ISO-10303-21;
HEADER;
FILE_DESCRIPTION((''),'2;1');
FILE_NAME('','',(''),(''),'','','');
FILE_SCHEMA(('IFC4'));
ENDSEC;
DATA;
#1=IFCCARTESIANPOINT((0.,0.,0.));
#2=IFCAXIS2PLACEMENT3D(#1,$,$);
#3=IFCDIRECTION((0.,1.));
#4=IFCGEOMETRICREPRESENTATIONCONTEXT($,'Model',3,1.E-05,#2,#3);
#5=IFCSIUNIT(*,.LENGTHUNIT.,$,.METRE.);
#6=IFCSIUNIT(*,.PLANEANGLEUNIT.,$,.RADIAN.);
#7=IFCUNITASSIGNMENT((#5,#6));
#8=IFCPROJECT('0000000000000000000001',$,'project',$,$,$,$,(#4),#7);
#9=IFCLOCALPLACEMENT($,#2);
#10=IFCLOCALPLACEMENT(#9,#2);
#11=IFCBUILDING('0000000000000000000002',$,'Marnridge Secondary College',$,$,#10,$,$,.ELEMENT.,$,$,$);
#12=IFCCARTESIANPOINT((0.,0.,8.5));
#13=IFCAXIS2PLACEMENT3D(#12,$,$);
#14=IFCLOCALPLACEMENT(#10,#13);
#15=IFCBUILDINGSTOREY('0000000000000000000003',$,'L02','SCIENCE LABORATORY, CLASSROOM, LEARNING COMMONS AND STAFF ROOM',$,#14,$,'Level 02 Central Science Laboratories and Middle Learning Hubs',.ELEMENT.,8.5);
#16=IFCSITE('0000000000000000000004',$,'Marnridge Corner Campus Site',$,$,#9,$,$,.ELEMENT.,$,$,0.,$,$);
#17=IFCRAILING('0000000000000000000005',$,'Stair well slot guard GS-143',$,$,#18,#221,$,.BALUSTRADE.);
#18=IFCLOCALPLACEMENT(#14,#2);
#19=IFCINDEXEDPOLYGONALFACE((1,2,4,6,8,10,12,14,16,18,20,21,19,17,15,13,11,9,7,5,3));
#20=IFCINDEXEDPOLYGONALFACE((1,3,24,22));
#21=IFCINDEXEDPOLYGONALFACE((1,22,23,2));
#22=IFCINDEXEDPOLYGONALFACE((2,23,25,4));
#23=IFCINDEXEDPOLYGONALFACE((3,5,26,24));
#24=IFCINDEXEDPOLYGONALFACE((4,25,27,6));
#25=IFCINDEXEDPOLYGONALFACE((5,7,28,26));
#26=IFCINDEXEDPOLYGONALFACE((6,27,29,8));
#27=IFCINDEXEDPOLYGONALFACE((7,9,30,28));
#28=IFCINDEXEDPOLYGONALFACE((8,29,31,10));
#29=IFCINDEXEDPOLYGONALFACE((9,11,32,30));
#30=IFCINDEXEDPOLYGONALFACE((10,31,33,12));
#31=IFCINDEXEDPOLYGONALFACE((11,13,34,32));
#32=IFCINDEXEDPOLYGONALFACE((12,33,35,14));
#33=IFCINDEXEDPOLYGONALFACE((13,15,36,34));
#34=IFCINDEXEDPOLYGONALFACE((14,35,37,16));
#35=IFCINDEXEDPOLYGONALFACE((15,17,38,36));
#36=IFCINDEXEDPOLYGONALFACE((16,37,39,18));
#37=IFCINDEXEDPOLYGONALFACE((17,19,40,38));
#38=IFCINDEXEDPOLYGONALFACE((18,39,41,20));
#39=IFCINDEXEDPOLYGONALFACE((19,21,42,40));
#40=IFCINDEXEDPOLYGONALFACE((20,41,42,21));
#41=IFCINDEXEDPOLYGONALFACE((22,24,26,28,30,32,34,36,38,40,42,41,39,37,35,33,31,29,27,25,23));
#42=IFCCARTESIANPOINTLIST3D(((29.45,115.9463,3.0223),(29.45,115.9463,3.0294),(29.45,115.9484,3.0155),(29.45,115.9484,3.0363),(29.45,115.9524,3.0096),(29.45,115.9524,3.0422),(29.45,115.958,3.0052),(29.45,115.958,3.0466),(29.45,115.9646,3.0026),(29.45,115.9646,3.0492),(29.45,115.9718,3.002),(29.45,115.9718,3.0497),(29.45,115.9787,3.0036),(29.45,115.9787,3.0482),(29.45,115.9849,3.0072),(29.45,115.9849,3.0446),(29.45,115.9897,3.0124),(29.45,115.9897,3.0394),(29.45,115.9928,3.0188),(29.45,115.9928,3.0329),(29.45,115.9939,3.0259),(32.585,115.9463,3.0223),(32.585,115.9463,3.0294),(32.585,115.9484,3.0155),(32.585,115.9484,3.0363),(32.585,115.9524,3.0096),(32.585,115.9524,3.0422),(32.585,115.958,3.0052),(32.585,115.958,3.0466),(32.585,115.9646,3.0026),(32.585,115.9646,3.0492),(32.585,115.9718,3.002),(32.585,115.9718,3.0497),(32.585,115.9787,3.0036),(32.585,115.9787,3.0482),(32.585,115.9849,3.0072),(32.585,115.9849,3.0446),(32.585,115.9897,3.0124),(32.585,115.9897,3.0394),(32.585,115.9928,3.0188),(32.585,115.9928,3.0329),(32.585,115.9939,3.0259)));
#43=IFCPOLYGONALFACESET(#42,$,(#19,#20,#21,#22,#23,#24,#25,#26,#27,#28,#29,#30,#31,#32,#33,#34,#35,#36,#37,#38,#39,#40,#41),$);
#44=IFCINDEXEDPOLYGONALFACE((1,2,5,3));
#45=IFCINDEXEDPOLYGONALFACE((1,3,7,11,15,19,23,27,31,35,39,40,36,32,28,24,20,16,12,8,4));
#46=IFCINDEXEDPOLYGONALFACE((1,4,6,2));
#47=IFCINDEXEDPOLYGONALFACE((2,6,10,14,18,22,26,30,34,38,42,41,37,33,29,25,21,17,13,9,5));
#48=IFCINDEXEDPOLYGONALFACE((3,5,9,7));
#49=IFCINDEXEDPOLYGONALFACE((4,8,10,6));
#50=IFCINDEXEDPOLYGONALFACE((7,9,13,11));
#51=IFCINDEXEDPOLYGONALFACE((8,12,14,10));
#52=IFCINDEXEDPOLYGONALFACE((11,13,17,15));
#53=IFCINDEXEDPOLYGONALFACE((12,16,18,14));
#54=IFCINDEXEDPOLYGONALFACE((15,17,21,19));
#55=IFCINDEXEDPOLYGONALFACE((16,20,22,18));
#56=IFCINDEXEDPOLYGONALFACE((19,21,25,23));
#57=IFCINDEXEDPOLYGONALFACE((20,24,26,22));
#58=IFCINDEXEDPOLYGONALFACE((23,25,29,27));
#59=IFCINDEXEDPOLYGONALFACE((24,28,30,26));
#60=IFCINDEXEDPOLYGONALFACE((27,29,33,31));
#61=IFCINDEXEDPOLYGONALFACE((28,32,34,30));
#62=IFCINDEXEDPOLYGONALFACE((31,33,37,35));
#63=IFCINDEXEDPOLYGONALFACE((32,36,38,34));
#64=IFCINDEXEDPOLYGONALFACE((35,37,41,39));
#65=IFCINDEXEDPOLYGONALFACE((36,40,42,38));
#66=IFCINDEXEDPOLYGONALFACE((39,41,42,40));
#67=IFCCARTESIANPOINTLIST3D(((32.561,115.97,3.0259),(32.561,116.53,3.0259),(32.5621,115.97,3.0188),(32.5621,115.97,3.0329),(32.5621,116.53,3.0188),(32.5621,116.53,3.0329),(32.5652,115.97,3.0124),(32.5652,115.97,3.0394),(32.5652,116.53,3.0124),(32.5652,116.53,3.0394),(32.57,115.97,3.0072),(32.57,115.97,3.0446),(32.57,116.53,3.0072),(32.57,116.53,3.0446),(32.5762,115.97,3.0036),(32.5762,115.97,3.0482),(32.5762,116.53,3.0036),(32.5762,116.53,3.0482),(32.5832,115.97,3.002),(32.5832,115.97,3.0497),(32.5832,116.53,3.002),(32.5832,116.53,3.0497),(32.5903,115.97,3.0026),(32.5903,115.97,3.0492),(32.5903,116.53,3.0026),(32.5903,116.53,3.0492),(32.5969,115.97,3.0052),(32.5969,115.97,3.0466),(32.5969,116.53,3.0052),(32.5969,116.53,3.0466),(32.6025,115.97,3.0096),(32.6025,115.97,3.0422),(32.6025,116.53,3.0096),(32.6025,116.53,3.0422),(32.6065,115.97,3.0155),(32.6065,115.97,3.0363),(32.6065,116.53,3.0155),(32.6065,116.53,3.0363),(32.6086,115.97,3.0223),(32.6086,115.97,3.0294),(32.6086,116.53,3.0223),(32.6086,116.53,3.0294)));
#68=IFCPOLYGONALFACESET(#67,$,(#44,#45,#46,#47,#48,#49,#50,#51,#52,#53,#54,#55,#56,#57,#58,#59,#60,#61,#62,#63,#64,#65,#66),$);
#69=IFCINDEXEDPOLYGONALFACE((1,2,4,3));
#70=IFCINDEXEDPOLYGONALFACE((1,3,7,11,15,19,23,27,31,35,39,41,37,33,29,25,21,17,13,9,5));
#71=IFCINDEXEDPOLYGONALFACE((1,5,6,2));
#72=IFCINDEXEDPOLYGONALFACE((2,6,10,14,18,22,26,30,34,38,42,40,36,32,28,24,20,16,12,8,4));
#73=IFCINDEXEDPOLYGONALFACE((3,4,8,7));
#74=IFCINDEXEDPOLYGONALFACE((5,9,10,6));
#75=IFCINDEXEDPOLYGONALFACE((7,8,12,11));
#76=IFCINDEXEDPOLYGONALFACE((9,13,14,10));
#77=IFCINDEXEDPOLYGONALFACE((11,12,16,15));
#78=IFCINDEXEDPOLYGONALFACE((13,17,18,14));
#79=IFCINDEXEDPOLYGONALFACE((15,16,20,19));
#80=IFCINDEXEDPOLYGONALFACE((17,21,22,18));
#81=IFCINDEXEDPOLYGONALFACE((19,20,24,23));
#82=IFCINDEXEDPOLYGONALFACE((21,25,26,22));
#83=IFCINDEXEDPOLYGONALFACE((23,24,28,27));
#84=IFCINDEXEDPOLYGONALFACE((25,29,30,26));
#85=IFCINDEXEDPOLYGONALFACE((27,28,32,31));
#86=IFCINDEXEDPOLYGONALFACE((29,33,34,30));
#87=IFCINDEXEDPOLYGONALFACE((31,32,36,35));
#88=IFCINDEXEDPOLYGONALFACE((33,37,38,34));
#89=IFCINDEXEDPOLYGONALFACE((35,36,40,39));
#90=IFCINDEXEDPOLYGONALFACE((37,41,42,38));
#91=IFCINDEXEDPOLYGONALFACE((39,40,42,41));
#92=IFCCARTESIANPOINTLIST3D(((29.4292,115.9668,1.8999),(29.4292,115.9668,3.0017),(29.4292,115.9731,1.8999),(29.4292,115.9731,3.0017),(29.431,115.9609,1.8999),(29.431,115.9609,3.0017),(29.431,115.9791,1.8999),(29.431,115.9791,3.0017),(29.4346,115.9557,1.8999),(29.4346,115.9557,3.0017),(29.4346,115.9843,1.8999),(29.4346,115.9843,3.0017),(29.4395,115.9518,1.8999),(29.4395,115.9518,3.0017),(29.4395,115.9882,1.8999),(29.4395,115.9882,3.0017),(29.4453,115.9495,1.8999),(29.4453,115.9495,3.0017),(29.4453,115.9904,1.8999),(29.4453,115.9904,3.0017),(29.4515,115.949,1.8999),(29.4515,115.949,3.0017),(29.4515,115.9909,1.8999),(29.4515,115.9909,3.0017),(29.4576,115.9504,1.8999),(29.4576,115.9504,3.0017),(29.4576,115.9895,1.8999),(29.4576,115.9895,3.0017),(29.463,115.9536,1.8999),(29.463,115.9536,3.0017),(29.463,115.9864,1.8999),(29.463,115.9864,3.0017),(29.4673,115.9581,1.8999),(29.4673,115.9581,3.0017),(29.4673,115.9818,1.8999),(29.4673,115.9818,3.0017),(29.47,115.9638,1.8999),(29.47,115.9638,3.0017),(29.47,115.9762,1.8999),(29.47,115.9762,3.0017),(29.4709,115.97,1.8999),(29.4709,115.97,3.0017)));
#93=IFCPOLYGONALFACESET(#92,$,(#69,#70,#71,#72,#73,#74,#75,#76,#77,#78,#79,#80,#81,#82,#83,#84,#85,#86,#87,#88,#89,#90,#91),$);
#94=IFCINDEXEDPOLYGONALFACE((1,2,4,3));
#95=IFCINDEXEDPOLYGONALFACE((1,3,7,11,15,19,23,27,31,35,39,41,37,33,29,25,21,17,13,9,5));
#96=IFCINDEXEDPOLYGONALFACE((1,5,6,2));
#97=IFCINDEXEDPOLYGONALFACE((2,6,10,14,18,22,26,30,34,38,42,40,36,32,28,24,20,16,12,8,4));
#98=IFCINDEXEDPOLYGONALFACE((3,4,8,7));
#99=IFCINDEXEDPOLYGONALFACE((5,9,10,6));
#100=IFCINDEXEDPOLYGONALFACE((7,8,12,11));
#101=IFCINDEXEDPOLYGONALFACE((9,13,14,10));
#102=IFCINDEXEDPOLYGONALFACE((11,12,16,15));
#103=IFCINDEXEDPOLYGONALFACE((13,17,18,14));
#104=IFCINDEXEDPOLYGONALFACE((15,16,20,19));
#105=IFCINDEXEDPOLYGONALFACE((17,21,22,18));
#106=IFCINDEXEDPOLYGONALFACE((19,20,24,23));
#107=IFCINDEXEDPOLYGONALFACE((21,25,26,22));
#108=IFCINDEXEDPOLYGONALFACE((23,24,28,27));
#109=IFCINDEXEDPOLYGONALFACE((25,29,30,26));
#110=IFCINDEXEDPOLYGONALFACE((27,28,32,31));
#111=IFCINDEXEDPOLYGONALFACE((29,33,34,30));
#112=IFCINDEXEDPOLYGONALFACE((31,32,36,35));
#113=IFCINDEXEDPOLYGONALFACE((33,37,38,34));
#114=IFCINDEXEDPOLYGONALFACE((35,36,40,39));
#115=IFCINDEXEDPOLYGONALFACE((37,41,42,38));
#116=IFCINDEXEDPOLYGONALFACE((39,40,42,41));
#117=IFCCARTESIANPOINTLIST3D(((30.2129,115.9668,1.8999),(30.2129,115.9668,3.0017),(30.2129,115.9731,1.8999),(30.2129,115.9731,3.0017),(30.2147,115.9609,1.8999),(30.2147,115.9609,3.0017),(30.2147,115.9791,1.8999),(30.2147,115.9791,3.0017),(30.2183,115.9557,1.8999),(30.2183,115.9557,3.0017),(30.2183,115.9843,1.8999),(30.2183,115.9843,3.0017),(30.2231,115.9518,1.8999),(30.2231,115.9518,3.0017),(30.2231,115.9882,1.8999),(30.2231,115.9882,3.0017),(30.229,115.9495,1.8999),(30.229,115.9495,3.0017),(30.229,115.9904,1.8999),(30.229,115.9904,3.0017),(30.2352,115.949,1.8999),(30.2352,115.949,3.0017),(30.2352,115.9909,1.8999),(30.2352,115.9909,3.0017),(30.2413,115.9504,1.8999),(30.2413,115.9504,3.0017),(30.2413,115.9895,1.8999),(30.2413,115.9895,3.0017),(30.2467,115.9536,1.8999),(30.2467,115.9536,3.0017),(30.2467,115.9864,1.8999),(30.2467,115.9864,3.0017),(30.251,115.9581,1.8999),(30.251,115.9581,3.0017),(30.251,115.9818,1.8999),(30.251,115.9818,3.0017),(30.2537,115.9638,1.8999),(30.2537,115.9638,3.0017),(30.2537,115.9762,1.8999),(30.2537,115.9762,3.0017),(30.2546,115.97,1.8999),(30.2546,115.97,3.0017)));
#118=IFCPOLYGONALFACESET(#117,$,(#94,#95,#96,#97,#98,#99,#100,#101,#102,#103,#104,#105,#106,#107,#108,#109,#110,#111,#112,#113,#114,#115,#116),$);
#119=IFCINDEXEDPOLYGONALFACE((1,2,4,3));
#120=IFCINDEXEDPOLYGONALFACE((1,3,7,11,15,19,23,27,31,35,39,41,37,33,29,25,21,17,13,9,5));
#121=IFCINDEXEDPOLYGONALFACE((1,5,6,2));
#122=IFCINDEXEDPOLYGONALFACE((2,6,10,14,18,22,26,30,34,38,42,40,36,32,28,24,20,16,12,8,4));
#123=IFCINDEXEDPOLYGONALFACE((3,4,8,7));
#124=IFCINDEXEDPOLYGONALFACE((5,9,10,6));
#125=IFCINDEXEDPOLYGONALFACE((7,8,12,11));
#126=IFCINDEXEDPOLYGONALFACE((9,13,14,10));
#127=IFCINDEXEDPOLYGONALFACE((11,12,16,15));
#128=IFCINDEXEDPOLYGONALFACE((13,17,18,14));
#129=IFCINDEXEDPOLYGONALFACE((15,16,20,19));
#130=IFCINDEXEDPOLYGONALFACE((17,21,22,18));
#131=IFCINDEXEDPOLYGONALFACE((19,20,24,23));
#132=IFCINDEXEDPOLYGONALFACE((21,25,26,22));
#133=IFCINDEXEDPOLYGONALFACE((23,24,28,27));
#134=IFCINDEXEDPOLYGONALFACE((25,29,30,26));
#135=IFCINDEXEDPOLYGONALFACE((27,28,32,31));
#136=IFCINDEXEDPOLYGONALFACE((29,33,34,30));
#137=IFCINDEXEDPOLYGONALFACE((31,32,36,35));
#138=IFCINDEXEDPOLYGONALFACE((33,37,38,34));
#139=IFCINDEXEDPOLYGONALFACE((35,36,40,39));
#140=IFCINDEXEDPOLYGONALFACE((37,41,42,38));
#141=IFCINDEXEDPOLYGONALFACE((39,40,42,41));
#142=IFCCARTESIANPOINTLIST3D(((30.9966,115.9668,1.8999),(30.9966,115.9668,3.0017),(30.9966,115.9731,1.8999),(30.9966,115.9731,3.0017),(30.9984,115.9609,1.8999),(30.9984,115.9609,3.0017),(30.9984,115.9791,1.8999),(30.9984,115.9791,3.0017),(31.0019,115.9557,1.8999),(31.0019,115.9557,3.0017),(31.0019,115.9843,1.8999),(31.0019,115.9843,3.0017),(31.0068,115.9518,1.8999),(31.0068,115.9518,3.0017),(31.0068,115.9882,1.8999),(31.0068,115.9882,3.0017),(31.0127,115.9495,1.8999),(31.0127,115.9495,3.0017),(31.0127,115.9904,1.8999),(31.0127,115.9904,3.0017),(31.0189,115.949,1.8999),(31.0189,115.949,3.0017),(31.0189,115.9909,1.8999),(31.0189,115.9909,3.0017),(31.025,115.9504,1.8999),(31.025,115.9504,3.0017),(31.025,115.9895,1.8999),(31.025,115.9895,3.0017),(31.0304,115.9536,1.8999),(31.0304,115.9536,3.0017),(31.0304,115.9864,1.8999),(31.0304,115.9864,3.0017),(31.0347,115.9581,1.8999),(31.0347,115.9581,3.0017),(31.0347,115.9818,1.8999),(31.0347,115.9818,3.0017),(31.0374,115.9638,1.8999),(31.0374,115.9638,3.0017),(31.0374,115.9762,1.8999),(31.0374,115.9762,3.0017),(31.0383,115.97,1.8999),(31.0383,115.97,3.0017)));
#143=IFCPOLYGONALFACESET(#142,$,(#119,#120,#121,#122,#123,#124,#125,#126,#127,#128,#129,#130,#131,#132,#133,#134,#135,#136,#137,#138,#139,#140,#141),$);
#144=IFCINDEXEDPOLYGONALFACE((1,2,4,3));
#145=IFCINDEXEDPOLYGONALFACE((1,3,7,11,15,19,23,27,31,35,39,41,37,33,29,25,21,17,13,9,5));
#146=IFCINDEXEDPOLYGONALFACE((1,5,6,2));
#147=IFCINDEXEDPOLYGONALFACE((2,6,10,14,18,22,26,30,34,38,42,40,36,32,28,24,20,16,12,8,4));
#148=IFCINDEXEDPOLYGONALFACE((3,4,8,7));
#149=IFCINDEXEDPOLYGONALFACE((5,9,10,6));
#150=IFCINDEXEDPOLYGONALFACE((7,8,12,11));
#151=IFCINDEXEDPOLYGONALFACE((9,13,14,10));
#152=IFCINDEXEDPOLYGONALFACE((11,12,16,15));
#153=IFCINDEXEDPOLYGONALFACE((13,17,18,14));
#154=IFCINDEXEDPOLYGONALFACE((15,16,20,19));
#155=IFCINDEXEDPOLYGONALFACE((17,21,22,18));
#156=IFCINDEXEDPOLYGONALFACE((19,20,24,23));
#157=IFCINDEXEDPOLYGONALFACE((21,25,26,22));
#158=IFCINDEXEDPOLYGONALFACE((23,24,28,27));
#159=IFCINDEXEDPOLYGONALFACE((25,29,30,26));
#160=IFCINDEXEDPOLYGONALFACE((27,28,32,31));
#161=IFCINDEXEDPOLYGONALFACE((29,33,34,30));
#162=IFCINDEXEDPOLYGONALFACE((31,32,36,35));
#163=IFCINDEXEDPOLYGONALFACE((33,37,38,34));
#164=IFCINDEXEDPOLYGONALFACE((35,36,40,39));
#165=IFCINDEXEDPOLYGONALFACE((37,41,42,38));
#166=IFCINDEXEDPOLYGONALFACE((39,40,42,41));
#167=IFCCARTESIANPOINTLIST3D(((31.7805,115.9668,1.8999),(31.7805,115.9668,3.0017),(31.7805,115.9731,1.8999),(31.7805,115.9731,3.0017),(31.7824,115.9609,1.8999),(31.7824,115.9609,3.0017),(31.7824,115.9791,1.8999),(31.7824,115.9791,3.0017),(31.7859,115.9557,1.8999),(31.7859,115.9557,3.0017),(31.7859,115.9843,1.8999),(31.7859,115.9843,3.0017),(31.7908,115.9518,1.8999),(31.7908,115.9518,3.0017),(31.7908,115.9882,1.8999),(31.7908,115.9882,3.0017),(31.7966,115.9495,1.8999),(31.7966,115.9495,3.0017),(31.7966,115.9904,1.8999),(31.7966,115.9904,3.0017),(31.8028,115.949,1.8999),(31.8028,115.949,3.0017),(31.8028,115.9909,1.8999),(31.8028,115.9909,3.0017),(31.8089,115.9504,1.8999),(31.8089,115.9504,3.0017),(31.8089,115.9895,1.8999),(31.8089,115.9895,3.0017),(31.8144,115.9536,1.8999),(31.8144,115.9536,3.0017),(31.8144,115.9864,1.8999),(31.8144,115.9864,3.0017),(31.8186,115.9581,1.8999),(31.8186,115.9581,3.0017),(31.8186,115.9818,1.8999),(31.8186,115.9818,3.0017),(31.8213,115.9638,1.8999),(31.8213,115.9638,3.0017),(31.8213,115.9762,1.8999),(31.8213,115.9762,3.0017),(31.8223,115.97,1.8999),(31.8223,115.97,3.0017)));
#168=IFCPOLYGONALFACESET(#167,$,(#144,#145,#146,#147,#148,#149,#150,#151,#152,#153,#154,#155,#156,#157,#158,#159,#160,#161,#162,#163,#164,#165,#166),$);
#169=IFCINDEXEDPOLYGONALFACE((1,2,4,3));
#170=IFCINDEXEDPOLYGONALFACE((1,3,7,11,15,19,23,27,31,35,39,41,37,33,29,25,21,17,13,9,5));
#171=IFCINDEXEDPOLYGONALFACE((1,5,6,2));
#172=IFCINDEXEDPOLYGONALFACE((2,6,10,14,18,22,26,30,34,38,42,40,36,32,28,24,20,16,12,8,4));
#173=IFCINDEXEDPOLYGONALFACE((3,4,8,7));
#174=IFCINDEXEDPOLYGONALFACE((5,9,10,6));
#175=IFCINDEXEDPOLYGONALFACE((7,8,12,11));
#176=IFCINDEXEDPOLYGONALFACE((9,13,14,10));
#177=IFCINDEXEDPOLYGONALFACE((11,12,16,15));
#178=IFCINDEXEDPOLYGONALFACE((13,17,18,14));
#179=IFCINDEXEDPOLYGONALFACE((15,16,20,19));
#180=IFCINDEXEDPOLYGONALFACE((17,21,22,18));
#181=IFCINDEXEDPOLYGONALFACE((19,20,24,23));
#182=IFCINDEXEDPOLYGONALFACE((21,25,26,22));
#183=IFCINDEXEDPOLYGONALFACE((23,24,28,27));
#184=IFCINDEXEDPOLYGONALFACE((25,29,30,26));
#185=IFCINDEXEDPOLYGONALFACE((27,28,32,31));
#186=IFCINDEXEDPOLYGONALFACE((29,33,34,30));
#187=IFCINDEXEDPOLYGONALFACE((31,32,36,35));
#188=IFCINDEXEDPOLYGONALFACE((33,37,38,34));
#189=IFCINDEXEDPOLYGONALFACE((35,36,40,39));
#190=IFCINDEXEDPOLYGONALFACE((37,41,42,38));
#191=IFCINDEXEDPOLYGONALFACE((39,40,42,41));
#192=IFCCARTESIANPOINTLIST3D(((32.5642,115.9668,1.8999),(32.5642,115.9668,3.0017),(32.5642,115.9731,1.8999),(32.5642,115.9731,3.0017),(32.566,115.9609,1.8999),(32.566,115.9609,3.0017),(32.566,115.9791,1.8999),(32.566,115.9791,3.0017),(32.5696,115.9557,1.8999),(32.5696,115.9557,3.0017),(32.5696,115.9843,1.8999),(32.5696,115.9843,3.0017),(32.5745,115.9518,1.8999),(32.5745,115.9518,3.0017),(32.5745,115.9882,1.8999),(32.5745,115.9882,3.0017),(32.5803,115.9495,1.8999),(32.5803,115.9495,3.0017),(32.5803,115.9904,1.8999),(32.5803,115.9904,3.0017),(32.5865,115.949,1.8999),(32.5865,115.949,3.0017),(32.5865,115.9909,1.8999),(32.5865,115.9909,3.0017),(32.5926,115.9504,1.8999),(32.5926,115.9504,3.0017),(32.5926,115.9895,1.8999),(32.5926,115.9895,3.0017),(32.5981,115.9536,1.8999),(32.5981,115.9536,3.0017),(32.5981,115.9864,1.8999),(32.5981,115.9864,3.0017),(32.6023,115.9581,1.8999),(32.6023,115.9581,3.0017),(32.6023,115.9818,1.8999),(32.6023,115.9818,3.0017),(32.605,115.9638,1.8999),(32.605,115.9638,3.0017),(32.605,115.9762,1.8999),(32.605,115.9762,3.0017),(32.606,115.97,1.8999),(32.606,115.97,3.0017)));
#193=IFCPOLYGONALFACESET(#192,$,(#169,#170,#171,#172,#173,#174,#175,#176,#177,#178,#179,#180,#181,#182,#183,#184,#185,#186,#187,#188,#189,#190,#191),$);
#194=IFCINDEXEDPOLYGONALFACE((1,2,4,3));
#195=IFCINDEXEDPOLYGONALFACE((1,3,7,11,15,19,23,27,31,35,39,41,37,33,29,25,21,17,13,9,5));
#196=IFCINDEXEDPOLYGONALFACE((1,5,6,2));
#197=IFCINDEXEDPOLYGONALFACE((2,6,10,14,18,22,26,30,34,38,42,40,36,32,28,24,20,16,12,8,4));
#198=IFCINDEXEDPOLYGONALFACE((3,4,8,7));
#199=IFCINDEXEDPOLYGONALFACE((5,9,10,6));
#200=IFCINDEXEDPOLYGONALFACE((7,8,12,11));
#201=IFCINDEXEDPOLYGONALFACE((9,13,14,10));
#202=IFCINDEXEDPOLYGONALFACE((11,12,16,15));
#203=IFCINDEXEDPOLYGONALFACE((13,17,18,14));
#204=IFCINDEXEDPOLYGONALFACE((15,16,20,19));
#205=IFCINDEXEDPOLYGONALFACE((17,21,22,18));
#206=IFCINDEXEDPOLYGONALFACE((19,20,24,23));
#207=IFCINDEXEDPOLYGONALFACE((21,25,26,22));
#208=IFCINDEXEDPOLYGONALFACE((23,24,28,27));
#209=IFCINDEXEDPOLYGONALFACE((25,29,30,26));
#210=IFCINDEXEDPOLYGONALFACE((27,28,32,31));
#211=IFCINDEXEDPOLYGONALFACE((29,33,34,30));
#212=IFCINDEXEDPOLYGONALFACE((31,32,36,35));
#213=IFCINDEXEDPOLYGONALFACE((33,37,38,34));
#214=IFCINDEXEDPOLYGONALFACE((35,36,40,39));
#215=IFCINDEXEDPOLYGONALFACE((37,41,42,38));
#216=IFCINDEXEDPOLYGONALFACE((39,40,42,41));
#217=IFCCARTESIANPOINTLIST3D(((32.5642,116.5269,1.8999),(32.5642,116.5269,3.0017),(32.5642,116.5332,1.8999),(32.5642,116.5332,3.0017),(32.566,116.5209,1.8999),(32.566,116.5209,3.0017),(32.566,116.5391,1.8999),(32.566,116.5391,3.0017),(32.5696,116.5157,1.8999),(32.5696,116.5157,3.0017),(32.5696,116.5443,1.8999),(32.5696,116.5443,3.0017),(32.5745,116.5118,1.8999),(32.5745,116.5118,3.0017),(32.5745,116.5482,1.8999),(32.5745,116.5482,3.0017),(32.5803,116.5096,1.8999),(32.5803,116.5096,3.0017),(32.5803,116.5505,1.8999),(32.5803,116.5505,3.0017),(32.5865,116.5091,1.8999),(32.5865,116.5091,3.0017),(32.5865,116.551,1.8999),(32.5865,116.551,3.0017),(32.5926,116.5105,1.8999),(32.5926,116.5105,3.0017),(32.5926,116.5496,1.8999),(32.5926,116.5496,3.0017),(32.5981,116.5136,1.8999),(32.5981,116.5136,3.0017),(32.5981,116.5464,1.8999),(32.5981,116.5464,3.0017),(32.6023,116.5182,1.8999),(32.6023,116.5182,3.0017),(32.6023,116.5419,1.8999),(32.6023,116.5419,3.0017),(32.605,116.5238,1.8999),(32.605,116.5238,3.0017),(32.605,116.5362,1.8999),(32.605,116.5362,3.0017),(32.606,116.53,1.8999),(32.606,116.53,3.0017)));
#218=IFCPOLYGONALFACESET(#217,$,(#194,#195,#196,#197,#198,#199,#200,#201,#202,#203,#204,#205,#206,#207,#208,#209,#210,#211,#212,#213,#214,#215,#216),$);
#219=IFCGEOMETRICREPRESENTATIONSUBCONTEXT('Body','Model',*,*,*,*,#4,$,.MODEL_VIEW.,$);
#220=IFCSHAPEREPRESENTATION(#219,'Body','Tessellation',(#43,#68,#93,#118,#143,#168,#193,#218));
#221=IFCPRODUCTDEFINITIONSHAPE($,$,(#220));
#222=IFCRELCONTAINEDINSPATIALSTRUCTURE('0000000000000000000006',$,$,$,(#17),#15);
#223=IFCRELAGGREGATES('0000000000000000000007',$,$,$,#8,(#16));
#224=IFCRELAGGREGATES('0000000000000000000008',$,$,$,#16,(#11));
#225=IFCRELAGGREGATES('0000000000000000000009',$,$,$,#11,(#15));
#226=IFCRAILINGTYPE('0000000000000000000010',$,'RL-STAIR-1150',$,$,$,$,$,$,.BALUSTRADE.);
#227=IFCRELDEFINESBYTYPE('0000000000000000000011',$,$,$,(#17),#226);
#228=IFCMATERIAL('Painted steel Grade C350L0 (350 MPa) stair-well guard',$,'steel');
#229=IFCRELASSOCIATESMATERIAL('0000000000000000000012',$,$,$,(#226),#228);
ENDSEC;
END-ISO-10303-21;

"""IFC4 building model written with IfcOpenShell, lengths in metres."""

from ifc_helpers import new_model, si_unit, direction, frame, origin, origin_2d, place, context, subcontext, project, spatial, circle, extrude, material, type_object, element, save


model = new_model("IFC4")

# Units and contexts
model_context = context("Model", 3, precision=1e-05, world=origin(), true_north=direction((0.0, 1.0)))
body_context = subcontext(model_context, "Body", "Model", "MODEL_VIEW")
ifc_project = project(units=[si_unit("LENGTHUNIT", "METRE"), si_unit("PLANEANGLEUNIT", "RADIAN")], contexts=[model_context])

# Site, building, storey
site_placement = place(None, origin())
site = spatial("IfcSite", under=ifc_project, at=site_placement, Name="Marnridge Corner Campus Site", CompositionType="ELEMENT", RefElevation=0.0)
building_placement = place(site_placement, origin())
building = spatial("IfcBuilding", under=site, at=building_placement, Name="Marnridge Secondary College", CompositionType="ELEMENT")
storey_placement = place(building_placement, frame((0.0, 0.0, 8.5)))
storey = spatial("IfcBuildingStorey", under=building, at=storey_placement, Name="L02", Description="SCIENCE LABORATORY, CLASSROOM, LEARNING COMMONS AND STAFF ROOM", LongName="Level 02 Central Science Laboratories and Middle Learning Hubs", CompositionType="ELEMENT", Elevation=8.5)

# Railing
ifc_material_1 = material(Name="Painted steel Grade C350L0 (350 MPa) stair-well guard", Category="steel")
railing_type_1 = type_object("IfcRailingType", Name="RL-STAIR-1150", PredefinedType="BALUSTRADE", material=ifc_material_1)
railing_1_placement = place(storey_placement, frame((29.45, 115.97, 1.8999)))
element("IfcRailing", 1, at=railing_1_placement, inside=storey, type_object=railing_type_1, Name="Stair well slot guard GS-143", PredefinedType="BALUSTRADE", context=body_context, shape_type="SweptSolid", body=[
    extrude(circle(Radius=0.0239, at=origin_2d()), frame((0.0, 0.0, 1.126), z_axis=(1.0, 0.0, 0.0), x_axis=(0.0, 1.0, 0.0)), (0.0, 0.0, 1.0), 3.135),
    extrude(circle(Radius=0.0239, at=origin_2d()), frame((3.135, 0.0, 1.126), z_axis=(0.0, 1.0, 0.0), x_axis=(-1.0, 0.0, 0.0)), (0.0, 0.0, 1.0), 0.5601),
    extrude(circle(Radius=0.021, at=origin_2d()), origin(), (0.0, 0.0, 1.0), 1.1018),
    extrude(circle(Radius=0.021, at=origin_2d()), frame((0.7837, 0.0, 0.0)), (0.0, 0.0, 1.0), 1.1018),
    extrude(circle(Radius=0.021, at=origin_2d()), frame((1.5674, 0.0, 0.0)), (0.0, 0.0, 1.0), 1.1018),
    extrude(circle(Radius=0.021, at=origin_2d()), frame((2.3513, 0.0, 0.0)), (0.0, 0.0, 1.0), 1.1018),
    extrude(circle(Radius=0.021, at=origin_2d()), frame((3.135, 0.0, 0.0)), (0.0, 0.0, 1.0), 1.1018),
    extrude(circle(Radius=0.021, at=origin_2d()), frame((3.135, 0.5601, 0.0)), (0.0, 0.0, 1.0), 1.1018),
])

save(model, "model.ifc")
